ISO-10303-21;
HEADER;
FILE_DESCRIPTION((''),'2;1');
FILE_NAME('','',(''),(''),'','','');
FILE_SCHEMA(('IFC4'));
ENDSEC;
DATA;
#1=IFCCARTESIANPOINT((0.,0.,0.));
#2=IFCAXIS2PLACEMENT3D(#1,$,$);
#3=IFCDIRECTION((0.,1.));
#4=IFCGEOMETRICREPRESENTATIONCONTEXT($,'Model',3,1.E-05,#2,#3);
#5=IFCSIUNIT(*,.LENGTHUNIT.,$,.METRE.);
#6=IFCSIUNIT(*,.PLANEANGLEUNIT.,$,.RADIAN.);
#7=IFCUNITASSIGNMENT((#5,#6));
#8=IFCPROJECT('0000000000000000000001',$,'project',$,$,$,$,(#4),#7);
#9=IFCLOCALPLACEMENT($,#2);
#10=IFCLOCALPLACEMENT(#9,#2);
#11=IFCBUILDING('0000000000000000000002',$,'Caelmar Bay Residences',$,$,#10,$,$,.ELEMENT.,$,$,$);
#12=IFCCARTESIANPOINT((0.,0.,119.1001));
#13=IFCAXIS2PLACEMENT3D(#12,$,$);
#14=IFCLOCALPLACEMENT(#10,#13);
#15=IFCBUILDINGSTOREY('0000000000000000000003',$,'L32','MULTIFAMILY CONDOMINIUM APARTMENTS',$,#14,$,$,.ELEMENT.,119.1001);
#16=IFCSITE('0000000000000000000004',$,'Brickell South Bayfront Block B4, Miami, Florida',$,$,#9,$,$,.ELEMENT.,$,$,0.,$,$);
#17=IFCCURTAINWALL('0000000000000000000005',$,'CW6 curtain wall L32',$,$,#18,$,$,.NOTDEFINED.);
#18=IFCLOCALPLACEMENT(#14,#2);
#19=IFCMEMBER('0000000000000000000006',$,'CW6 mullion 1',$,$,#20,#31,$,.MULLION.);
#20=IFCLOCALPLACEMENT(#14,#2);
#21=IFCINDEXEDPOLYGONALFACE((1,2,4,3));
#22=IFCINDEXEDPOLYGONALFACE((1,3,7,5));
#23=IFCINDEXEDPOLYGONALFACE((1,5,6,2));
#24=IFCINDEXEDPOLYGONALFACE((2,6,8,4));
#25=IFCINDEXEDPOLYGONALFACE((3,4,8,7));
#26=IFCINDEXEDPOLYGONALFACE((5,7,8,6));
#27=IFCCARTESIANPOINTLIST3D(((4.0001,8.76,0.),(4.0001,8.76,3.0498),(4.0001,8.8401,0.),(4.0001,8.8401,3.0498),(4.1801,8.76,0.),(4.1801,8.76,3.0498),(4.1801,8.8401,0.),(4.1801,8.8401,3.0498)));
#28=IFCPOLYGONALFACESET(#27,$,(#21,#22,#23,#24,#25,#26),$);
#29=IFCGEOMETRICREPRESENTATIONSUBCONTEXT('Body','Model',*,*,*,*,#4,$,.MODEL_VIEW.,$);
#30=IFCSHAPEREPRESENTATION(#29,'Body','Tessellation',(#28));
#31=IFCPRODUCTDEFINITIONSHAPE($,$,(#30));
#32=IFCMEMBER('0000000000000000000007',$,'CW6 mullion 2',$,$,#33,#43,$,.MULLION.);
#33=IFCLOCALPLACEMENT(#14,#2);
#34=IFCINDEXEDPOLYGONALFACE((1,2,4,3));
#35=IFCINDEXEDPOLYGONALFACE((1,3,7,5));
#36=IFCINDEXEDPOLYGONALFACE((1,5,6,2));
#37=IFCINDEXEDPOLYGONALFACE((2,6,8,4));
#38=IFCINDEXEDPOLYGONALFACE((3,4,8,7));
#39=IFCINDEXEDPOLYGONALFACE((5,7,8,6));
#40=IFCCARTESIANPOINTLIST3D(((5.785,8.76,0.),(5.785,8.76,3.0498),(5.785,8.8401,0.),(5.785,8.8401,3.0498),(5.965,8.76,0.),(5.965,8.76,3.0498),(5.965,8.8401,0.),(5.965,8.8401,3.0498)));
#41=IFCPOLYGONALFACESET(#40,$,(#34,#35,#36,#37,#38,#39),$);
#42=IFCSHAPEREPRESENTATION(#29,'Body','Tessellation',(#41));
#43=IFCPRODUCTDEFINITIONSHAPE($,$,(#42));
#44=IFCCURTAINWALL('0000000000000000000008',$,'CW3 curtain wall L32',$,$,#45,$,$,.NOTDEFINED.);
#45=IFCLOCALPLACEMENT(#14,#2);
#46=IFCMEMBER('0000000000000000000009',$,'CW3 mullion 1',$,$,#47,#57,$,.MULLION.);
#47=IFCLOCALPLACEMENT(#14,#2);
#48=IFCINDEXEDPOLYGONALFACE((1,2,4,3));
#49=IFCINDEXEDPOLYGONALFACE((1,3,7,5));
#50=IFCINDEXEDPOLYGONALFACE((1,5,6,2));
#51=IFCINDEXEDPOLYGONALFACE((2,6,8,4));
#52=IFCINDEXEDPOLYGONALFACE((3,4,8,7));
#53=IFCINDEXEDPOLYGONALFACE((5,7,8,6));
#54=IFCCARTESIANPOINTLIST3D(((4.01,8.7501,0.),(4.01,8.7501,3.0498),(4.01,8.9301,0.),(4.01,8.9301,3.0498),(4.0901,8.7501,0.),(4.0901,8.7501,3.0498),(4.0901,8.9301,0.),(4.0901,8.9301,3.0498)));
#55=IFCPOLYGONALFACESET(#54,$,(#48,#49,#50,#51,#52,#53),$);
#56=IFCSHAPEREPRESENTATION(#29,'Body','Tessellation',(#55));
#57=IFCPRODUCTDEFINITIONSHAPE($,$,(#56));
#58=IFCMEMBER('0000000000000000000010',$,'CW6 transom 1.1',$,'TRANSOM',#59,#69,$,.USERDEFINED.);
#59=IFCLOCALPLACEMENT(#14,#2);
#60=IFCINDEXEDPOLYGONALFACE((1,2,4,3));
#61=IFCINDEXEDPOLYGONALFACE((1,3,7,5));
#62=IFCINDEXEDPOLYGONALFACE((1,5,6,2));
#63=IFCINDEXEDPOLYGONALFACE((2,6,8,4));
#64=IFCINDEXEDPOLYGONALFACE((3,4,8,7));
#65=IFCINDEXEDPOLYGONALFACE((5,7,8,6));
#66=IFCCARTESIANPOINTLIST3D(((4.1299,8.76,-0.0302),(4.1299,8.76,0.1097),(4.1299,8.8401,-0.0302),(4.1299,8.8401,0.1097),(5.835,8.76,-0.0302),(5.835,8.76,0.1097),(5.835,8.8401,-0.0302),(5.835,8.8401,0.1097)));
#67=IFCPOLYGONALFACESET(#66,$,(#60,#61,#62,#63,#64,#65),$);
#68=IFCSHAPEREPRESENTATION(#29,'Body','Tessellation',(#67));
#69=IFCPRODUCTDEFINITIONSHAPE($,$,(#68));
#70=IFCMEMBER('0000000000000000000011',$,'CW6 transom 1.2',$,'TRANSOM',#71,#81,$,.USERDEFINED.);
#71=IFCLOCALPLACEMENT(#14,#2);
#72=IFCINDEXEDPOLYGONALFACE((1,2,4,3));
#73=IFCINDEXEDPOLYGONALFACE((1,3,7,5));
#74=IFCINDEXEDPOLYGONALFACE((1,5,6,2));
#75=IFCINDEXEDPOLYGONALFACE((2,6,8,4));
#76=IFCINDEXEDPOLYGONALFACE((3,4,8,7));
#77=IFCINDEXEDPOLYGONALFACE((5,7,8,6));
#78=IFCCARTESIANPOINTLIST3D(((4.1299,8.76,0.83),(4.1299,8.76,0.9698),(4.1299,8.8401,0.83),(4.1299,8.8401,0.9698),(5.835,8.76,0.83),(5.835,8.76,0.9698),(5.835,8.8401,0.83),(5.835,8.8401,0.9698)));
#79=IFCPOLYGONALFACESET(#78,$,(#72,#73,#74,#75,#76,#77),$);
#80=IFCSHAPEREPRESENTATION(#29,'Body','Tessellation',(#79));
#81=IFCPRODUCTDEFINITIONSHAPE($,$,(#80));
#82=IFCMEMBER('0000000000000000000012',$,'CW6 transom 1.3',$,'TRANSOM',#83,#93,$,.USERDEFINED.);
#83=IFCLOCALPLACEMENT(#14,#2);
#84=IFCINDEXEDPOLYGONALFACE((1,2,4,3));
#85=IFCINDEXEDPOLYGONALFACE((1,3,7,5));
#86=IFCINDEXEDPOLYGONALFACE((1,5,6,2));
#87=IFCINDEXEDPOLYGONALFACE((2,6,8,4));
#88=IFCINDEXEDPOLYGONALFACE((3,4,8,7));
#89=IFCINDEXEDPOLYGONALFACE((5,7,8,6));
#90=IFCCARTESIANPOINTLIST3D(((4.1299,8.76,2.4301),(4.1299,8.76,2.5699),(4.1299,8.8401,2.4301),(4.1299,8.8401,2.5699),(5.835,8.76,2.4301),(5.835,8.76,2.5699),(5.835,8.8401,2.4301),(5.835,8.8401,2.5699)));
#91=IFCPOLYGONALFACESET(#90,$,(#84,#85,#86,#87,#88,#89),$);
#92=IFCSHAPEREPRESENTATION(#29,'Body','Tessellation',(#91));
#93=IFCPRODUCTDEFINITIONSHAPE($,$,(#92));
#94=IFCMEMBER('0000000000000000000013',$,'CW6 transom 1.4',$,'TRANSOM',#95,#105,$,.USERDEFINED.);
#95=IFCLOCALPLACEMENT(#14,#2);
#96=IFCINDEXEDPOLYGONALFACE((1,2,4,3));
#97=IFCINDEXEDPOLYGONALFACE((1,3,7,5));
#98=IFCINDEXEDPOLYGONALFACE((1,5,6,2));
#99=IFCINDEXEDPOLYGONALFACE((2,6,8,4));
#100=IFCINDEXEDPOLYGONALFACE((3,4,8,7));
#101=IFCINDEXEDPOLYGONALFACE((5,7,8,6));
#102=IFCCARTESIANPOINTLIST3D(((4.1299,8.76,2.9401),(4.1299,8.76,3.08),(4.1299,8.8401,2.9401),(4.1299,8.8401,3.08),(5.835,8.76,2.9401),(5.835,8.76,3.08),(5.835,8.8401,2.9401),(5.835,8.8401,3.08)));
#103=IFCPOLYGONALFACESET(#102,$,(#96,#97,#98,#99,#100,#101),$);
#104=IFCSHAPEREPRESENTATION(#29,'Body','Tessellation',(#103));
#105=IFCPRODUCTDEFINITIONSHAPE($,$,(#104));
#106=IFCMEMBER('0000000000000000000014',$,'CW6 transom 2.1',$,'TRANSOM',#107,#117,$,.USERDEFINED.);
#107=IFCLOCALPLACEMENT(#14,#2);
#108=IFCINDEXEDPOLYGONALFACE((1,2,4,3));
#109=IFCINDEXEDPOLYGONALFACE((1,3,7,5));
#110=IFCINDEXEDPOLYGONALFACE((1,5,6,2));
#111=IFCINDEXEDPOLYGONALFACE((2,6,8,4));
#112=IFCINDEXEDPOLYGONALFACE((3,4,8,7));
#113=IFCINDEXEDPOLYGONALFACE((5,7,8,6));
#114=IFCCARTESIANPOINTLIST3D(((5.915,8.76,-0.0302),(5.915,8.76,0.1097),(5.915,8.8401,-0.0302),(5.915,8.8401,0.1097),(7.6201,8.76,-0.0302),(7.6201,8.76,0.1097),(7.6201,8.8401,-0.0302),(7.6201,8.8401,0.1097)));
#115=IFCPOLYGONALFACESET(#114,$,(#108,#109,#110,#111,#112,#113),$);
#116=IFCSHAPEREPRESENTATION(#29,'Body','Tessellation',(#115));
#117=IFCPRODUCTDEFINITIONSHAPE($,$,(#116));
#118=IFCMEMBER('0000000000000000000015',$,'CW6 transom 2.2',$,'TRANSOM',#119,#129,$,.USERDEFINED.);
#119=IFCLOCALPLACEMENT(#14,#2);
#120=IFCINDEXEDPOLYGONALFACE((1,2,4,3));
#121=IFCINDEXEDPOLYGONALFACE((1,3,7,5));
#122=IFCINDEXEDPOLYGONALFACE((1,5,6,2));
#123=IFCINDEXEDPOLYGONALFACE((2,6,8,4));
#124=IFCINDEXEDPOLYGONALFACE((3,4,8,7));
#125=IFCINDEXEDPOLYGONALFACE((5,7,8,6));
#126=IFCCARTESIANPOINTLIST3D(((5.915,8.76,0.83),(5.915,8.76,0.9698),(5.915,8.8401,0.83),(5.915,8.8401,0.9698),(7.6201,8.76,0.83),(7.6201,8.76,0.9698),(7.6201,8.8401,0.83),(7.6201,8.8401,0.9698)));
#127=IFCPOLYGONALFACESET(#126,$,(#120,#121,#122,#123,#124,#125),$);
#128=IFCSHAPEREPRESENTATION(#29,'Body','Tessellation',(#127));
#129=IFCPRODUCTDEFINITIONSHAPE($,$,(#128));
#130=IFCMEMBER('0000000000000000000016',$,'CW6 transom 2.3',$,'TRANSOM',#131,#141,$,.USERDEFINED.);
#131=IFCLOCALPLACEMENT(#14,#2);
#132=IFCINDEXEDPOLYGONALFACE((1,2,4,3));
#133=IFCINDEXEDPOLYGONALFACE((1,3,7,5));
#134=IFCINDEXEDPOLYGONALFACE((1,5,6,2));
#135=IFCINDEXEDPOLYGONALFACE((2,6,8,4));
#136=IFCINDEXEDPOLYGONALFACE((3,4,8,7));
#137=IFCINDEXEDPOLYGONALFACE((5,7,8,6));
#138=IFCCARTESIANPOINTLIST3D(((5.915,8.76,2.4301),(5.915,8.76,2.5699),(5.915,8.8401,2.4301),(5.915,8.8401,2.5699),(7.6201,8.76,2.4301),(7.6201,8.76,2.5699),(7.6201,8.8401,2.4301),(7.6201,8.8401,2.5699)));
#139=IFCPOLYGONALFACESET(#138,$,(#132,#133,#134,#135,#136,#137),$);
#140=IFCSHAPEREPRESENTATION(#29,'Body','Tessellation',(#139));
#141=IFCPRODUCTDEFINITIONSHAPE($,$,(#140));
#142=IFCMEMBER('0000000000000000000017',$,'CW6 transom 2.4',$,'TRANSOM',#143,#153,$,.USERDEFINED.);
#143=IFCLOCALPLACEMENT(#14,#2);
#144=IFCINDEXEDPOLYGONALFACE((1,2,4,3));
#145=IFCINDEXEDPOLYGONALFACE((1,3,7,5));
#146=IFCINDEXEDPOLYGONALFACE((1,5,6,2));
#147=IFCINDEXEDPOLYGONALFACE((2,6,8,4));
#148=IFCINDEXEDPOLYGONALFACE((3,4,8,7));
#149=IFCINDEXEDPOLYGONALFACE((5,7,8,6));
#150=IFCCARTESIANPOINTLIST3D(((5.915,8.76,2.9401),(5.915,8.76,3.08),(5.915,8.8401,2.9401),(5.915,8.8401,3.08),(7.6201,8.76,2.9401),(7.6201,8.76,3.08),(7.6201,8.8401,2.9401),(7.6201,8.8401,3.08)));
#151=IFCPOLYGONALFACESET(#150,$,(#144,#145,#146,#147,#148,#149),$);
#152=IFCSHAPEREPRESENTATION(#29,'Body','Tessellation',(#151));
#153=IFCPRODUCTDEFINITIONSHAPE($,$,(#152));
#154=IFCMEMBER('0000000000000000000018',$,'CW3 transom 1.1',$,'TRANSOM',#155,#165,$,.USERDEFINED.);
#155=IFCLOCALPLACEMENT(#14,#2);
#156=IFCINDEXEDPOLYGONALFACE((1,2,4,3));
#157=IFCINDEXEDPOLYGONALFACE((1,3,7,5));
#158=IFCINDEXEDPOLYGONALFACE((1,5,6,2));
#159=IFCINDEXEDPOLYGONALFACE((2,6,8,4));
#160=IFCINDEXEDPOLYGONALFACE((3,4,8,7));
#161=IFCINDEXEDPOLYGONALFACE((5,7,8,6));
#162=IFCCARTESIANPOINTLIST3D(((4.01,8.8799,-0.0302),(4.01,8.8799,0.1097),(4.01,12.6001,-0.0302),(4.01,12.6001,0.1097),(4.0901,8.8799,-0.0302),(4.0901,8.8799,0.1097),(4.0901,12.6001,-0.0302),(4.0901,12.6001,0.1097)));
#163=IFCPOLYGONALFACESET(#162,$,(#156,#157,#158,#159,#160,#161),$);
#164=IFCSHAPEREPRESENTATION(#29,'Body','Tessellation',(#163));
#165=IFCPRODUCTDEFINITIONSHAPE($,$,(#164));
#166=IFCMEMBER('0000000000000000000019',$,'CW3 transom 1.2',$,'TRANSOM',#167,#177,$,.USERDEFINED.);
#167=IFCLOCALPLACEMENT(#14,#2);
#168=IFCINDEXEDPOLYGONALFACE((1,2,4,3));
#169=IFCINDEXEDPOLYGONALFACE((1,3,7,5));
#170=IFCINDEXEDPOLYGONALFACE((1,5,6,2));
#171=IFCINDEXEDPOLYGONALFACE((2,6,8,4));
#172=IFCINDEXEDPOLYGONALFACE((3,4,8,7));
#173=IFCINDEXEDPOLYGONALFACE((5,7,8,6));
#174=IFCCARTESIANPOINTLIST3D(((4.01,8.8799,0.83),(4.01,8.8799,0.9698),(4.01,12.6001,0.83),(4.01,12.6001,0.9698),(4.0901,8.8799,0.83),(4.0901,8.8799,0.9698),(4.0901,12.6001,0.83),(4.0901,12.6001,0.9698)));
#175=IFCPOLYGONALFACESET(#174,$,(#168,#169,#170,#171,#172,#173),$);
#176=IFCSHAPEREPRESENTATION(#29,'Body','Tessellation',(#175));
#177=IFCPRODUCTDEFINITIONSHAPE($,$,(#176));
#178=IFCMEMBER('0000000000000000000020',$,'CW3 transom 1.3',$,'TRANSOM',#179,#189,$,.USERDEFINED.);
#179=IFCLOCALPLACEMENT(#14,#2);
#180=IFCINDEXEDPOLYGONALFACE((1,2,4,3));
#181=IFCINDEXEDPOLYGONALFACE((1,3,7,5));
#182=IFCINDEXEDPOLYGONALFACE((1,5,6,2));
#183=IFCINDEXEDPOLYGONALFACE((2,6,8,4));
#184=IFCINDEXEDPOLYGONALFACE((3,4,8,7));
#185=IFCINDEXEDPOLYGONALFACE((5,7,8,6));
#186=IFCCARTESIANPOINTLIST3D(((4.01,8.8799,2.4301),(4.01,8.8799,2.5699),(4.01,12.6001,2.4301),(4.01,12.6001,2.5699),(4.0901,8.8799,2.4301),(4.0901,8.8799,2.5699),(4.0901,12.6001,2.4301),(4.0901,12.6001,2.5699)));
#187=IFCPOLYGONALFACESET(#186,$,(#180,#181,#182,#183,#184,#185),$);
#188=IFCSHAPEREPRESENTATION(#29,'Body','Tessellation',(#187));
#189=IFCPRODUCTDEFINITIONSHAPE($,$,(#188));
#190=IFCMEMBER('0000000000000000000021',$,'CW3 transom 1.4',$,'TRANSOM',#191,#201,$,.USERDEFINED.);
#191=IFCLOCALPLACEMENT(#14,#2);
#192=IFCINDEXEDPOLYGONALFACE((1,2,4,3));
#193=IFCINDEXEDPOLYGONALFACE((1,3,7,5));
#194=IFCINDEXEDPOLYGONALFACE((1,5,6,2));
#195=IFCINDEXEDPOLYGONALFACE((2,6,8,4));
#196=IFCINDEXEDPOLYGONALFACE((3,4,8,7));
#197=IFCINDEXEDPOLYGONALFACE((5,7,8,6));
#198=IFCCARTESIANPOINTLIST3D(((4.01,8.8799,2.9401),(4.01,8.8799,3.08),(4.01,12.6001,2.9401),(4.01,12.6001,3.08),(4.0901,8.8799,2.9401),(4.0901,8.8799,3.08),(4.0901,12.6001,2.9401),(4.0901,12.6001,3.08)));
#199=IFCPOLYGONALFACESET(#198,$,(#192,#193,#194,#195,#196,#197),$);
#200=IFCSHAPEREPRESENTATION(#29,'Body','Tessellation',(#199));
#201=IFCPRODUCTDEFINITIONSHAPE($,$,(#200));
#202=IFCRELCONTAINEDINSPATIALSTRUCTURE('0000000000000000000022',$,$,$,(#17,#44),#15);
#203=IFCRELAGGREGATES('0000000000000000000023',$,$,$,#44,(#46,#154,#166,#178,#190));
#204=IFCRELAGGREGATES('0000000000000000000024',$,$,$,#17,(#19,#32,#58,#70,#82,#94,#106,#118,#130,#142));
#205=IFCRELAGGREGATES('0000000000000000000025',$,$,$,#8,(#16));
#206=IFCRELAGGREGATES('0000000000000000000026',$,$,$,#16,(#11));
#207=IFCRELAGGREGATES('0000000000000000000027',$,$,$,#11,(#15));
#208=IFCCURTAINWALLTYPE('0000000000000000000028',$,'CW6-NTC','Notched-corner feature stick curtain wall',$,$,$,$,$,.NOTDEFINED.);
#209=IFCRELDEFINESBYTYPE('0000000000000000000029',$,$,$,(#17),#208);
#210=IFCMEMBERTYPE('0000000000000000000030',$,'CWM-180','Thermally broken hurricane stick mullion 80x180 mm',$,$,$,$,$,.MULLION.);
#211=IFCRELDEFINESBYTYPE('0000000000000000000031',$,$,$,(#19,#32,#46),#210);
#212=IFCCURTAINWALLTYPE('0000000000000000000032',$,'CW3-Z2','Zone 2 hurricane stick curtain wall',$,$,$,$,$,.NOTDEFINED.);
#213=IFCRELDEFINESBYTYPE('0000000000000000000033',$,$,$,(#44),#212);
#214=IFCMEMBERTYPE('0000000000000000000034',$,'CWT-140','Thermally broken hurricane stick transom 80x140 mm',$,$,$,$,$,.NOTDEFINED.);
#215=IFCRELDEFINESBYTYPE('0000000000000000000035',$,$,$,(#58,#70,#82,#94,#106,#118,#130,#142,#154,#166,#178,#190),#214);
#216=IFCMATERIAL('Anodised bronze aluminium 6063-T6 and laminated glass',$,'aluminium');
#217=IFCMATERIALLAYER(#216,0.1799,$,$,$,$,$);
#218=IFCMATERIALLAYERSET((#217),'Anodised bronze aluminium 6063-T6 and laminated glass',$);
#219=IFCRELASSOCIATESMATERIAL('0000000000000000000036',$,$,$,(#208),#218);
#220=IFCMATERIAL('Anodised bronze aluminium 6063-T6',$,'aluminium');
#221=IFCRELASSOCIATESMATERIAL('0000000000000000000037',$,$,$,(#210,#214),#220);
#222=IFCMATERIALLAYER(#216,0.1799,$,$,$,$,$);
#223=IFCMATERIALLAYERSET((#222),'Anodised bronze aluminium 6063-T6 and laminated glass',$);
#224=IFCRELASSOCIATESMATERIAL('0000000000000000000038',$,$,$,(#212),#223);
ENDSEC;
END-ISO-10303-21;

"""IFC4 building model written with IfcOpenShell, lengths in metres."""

from ifc_helpers import new_model, si_unit, direction, frame, origin, origin_2d, place, context, subcontext, project, spatial, rectangle, extrude, material, layer, layer_set, material_profile, profile_set, type_object, element, aggregate, save


model = new_model("IFC4")

# Units and contexts
model_context = context("Model", 3, precision=1e-05, world=origin(), true_north=direction((0.0, 1.0)))
body_context = subcontext(model_context, "Body", "Model", "MODEL_VIEW")
ifc_project = project(units=[si_unit("LENGTHUNIT", "METRE"), si_unit("PLANEANGLEUNIT", "RADIAN")], contexts=[model_context])

# Site, building, storey
site_placement = place(None, origin())
site = spatial("IfcSite", under=ifc_project, at=site_placement, Name="Brickell South Bayfront Block B4, Miami, Florida", CompositionType="ELEMENT", RefElevation=0.0)
building_placement = place(site_placement, origin())
building = spatial("IfcBuilding", under=site, at=building_placement, Name="Caelmar Bay Residences", CompositionType="ELEMENT")
storey_placement = place(building_placement, frame((0.0, 0.0, 119.1001)))
storey = spatial("IfcBuildingStorey", under=building, at=storey_placement, Name="L32", Description="MULTIFAMILY CONDOMINIUM APARTMENTS", CompositionType="ELEMENT", Elevation=119.1001)

# Curtain wall, members
ifc_material_1 = material(Name="Anodised bronze aluminium 6063-T6 and laminated glass", Category="aluminium")
ifc_layer_1 = layer(ifc_material_1, 0.1799)
ifc_layer_set_1 = layer_set([ifc_layer_1], Name="Anodised bronze aluminium 6063-T6 and laminated glass")
curtain_wall_type_1 = type_object("IfcCurtainWallType", Name="CW6-NTC", Description="Notched-corner feature stick curtain wall", PredefinedType="NOTDEFINED", material=ifc_layer_set_1)
curtain_wall_1_placement = place(storey_placement, origin())
curtain_wall_1 = element("IfcCurtainWall", 1, at=curtain_wall_1_placement, inside=storey, type_object=curtain_wall_type_1, Name="CW6 curtain wall L32", PredefinedType="NOTDEFINED")
ifc_material_2 = material(Name="Anodised bronze aluminium 6063-T6", Category="aluminium")
ifc_material_profile_1 = material_profile(ifc_material_2, rectangle(XDim=0.0801, YDim=0.1799, at=origin_2d()), Name="CWM-80X180")
ifc_profile_set_1 = profile_set([ifc_material_profile_1], Name="Anodised bronze aluminium 6063-T6")
member_type_1 = type_object("IfcMemberType", Name="CWM-180", Description="Thermally broken hurricane stick mullion 80x180 mm", PredefinedType="MULLION", material=ifc_profile_set_1)
member_1_placement = place(storey_placement, frame((4.0901, 8.8, 0.0), z_axis=(0.0, 0.0, 1.0), x_axis=(0.0, 1.0, 0.0)))
member_1 = element("IfcMember", 2, at=member_1_placement, type_object=member_type_1, Name="CW6 mullion 1", PredefinedType="MULLION", context=body_context, shape_type="SweptSolid", body=[
    extrude(rectangle(XDim=0.0801, YDim=0.1799, at=origin_2d()), origin(), (0.0, 0.0, 1.0), 3.0498),
])
member_2_placement = place(storey_placement, frame((5.875, 8.8, 0.0), z_axis=(0.0, 0.0, 1.0), x_axis=(0.0, 1.0, 0.0)))
member_2 = element("IfcMember", 3, at=member_2_placement, type_object=member_type_1, Name="CW6 mullion 2", PredefinedType="MULLION", context=body_context, shape_type="SweptSolid", body=[
    extrude(rectangle(XDim=0.0801, YDim=0.1799, at=origin_2d()), origin(), (0.0, 0.0, 1.0), 3.0498),
])

# Curtain wall, member
ifc_layer_2 = layer(ifc_material_1, 0.1799)
ifc_layer_set_2 = layer_set([ifc_layer_2], Name="Anodised bronze aluminium 6063-T6 and laminated glass")
curtain_wall_type_2 = type_object("IfcCurtainWallType", Name="CW3-Z2", Description="Zone 2 hurricane stick curtain wall", PredefinedType="NOTDEFINED", material=ifc_layer_set_2)
curtain_wall_2_placement = place(storey_placement, origin())
curtain_wall_2 = element("IfcCurtainWall", 4, at=curtain_wall_2_placement, inside=storey, type_object=curtain_wall_type_2, Name="CW3 curtain wall L32", PredefinedType="NOTDEFINED")
member_3_placement = place(storey_placement, frame((4.05, 8.8401, 0.0), z_axis=(0.0, 0.0, 1.0), x_axis=(-1.0, 0.0, 0.0)))
member_3 = element("IfcMember", 5, at=member_3_placement, type_object=member_type_1, Name="CW3 mullion 1", PredefinedType="MULLION", context=body_context, shape_type="SweptSolid", body=[
    extrude(rectangle(XDim=0.0801, YDim=0.1799, at=origin_2d()), origin(), (0.0, 0.0, 1.0), 3.0498),
])

# Members
ifc_material_profile_2 = material_profile(ifc_material_2, rectangle(XDim=0.0801, YDim=0.1399, at=origin_2d()), Name="CWT-80X140")
ifc_profile_set_2 = profile_set([ifc_material_profile_2], Name="Anodised bronze aluminium 6063-T6")
member_type_2 = type_object("IfcMemberType", Name="CWT-140", Description="Thermally broken hurricane stick transom 80x140 mm", PredefinedType="NOTDEFINED", material=ifc_profile_set_2)
member_4_placement = place(storey_placement, frame((4.1299, 8.8, 0.0398), z_axis=(1.0, 0.0, 0.0), x_axis=(0.0, 1.0, 0.0)))
member_4 = element("IfcMember", 6, at=member_4_placement, type_object=member_type_2, Name="CW6 transom 1.1", ObjectType="TRANSOM", PredefinedType="USERDEFINED", context=body_context, shape_type="SweptSolid", body=[
    extrude(rectangle(XDim=0.0801, YDim=0.1399, at=origin_2d()), origin(), (0.0, 0.0, 1.0), 1.7051),
])
member_5_placement = place(storey_placement, frame((4.1299, 8.8, 0.8999), z_axis=(1.0, 0.0, 0.0), x_axis=(0.0, 1.0, 0.0)))
member_5 = element("IfcMember", 7, at=member_5_placement, type_object=member_type_2, Name="CW6 transom 1.2", ObjectType="TRANSOM", PredefinedType="USERDEFINED", context=body_context, shape_type="SweptSolid", body=[
    extrude(rectangle(XDim=0.0801, YDim=0.1399, at=origin_2d()), origin(), (0.0, 0.0, 1.0), 1.7051),
])
member_6_placement = place(storey_placement, frame((4.1299, 8.8, 2.5), z_axis=(1.0, 0.0, 0.0), x_axis=(0.0, 1.0, 0.0)))
member_6 = element("IfcMember", 8, at=member_6_placement, type_object=member_type_2, Name="CW6 transom 1.3", ObjectType="TRANSOM", PredefinedType="USERDEFINED", context=body_context, shape_type="SweptSolid", body=[
    extrude(rectangle(XDim=0.0801, YDim=0.1399, at=origin_2d()), origin(), (0.0, 0.0, 1.0), 1.7051),
])
member_7_placement = place(storey_placement, frame((4.1299, 8.8, 3.01), z_axis=(1.0, 0.0, 0.0), x_axis=(0.0, 1.0, 0.0)))
member_7 = element("IfcMember", 9, at=member_7_placement, type_object=member_type_2, Name="CW6 transom 1.4", ObjectType="TRANSOM", PredefinedType="USERDEFINED", context=body_context, shape_type="SweptSolid", body=[
    extrude(rectangle(XDim=0.0801, YDim=0.1399, at=origin_2d()), origin(), (0.0, 0.0, 1.0), 1.7051),
])
member_8_placement = place(storey_placement, frame((5.915, 8.8, 0.0398), z_axis=(1.0, 0.0, 0.0), x_axis=(0.0, 1.0, 0.0)))
member_8 = element("IfcMember", 10, at=member_8_placement, type_object=member_type_2, Name="CW6 transom 2.1", ObjectType="TRANSOM", PredefinedType="USERDEFINED", context=body_context, shape_type="SweptSolid", body=[
    extrude(rectangle(XDim=0.0801, YDim=0.1399, at=origin_2d()), origin(), (0.0, 0.0, 1.0), 1.7051),
])
member_9_placement = place(storey_placement, frame((5.915, 8.8, 0.8999), z_axis=(1.0, 0.0, 0.0), x_axis=(0.0, 1.0, 0.0)))
member_9 = element("IfcMember", 11, at=member_9_placement, type_object=member_type_2, Name="CW6 transom 2.2", ObjectType="TRANSOM", PredefinedType="USERDEFINED", context=body_context, shape_type="SweptSolid", body=[
    extrude(rectangle(XDim=0.0801, YDim=0.1399, at=origin_2d()), origin(), (0.0, 0.0, 1.0), 1.7051),
])
member_10_placement = place(storey_placement, frame((5.915, 8.8, 2.5), z_axis=(1.0, 0.0, 0.0), x_axis=(0.0, 1.0, 0.0)))
member_10 = element("IfcMember", 12, at=member_10_placement, type_object=member_type_2, Name="CW6 transom 2.3", ObjectType="TRANSOM", PredefinedType="USERDEFINED", context=body_context, shape_type="SweptSolid", body=[
    extrude(rectangle(XDim=0.0801, YDim=0.1399, at=origin_2d()), origin(), (0.0, 0.0, 1.0), 1.7051),
])
member_11_placement = place(storey_placement, frame((5.915, 8.8, 3.01), z_axis=(1.0, 0.0, 0.0), x_axis=(0.0, 1.0, 0.0)))
member_11 = element("IfcMember", 13, at=member_11_placement, type_object=member_type_2, Name="CW6 transom 2.4", ObjectType="TRANSOM", PredefinedType="USERDEFINED", context=body_context, shape_type="SweptSolid", body=[
    extrude(rectangle(XDim=0.0801, YDim=0.1399, at=origin_2d()), origin(), (0.0, 0.0, 1.0), 1.7051),
])
member_12_placement = place(storey_placement, frame((4.05, 8.8799, 0.0398), z_axis=(0.0, 1.0, 0.0), x_axis=(-1.0, 0.0, 0.0)))
member_12 = element("IfcMember", 14, at=member_12_placement, type_object=member_type_2, Name="CW3 transom 1.1", ObjectType="TRANSOM", PredefinedType="USERDEFINED", context=body_context, shape_type="SweptSolid", body=[
    extrude(rectangle(XDim=0.0801, YDim=0.1399, at=origin_2d()), origin(), (0.0, 0.0, 1.0), 3.7202),
])
member_13_placement = place(storey_placement, frame((4.05, 8.8799, 0.8999), z_axis=(0.0, 1.0, 0.0), x_axis=(-1.0, 0.0, 0.0)))
member_13 = element("IfcMember", 15, at=member_13_placement, type_object=member_type_2, Name="CW3 transom 1.2", ObjectType="TRANSOM", PredefinedType="USERDEFINED", context=body_context, shape_type="SweptSolid", body=[
    extrude(rectangle(XDim=0.0801, YDim=0.1399, at=origin_2d()), origin(), (0.0, 0.0, 1.0), 3.7202),
])
member_14_placement = place(storey_placement, frame((4.05, 8.8799, 2.5), z_axis=(0.0, 1.0, 0.0), x_axis=(-1.0, 0.0, 0.0)))
member_14 = element("IfcMember", 16, at=member_14_placement, type_object=member_type_2, Name="CW3 transom 1.3", ObjectType="TRANSOM", PredefinedType="USERDEFINED", context=body_context, shape_type="SweptSolid", body=[
    extrude(rectangle(XDim=0.0801, YDim=0.1399, at=origin_2d()), origin(), (0.0, 0.0, 1.0), 3.7202),
])
member_15_placement = place(storey_placement, frame((4.05, 8.8799, 3.01), z_axis=(0.0, 1.0, 0.0), x_axis=(-1.0, 0.0, 0.0)))
member_15 = element("IfcMember", 17, at=member_15_placement, type_object=member_type_2, Name="CW3 transom 1.4", ObjectType="TRANSOM", PredefinedType="USERDEFINED", context=body_context, shape_type="SweptSolid", body=[
    extrude(rectangle(XDim=0.0801, YDim=0.1399, at=origin_2d()), origin(), (0.0, 0.0, 1.0), 3.7202),
])
aggregate(curtain_wall_2, [member_3, member_12, member_13, member_14, member_15])

aggregate(curtain_wall_1, [member_1, member_2, member_4, member_5, member_6, member_7, member_8, member_9, member_10, member_11])

save(model, "model.ifc")
